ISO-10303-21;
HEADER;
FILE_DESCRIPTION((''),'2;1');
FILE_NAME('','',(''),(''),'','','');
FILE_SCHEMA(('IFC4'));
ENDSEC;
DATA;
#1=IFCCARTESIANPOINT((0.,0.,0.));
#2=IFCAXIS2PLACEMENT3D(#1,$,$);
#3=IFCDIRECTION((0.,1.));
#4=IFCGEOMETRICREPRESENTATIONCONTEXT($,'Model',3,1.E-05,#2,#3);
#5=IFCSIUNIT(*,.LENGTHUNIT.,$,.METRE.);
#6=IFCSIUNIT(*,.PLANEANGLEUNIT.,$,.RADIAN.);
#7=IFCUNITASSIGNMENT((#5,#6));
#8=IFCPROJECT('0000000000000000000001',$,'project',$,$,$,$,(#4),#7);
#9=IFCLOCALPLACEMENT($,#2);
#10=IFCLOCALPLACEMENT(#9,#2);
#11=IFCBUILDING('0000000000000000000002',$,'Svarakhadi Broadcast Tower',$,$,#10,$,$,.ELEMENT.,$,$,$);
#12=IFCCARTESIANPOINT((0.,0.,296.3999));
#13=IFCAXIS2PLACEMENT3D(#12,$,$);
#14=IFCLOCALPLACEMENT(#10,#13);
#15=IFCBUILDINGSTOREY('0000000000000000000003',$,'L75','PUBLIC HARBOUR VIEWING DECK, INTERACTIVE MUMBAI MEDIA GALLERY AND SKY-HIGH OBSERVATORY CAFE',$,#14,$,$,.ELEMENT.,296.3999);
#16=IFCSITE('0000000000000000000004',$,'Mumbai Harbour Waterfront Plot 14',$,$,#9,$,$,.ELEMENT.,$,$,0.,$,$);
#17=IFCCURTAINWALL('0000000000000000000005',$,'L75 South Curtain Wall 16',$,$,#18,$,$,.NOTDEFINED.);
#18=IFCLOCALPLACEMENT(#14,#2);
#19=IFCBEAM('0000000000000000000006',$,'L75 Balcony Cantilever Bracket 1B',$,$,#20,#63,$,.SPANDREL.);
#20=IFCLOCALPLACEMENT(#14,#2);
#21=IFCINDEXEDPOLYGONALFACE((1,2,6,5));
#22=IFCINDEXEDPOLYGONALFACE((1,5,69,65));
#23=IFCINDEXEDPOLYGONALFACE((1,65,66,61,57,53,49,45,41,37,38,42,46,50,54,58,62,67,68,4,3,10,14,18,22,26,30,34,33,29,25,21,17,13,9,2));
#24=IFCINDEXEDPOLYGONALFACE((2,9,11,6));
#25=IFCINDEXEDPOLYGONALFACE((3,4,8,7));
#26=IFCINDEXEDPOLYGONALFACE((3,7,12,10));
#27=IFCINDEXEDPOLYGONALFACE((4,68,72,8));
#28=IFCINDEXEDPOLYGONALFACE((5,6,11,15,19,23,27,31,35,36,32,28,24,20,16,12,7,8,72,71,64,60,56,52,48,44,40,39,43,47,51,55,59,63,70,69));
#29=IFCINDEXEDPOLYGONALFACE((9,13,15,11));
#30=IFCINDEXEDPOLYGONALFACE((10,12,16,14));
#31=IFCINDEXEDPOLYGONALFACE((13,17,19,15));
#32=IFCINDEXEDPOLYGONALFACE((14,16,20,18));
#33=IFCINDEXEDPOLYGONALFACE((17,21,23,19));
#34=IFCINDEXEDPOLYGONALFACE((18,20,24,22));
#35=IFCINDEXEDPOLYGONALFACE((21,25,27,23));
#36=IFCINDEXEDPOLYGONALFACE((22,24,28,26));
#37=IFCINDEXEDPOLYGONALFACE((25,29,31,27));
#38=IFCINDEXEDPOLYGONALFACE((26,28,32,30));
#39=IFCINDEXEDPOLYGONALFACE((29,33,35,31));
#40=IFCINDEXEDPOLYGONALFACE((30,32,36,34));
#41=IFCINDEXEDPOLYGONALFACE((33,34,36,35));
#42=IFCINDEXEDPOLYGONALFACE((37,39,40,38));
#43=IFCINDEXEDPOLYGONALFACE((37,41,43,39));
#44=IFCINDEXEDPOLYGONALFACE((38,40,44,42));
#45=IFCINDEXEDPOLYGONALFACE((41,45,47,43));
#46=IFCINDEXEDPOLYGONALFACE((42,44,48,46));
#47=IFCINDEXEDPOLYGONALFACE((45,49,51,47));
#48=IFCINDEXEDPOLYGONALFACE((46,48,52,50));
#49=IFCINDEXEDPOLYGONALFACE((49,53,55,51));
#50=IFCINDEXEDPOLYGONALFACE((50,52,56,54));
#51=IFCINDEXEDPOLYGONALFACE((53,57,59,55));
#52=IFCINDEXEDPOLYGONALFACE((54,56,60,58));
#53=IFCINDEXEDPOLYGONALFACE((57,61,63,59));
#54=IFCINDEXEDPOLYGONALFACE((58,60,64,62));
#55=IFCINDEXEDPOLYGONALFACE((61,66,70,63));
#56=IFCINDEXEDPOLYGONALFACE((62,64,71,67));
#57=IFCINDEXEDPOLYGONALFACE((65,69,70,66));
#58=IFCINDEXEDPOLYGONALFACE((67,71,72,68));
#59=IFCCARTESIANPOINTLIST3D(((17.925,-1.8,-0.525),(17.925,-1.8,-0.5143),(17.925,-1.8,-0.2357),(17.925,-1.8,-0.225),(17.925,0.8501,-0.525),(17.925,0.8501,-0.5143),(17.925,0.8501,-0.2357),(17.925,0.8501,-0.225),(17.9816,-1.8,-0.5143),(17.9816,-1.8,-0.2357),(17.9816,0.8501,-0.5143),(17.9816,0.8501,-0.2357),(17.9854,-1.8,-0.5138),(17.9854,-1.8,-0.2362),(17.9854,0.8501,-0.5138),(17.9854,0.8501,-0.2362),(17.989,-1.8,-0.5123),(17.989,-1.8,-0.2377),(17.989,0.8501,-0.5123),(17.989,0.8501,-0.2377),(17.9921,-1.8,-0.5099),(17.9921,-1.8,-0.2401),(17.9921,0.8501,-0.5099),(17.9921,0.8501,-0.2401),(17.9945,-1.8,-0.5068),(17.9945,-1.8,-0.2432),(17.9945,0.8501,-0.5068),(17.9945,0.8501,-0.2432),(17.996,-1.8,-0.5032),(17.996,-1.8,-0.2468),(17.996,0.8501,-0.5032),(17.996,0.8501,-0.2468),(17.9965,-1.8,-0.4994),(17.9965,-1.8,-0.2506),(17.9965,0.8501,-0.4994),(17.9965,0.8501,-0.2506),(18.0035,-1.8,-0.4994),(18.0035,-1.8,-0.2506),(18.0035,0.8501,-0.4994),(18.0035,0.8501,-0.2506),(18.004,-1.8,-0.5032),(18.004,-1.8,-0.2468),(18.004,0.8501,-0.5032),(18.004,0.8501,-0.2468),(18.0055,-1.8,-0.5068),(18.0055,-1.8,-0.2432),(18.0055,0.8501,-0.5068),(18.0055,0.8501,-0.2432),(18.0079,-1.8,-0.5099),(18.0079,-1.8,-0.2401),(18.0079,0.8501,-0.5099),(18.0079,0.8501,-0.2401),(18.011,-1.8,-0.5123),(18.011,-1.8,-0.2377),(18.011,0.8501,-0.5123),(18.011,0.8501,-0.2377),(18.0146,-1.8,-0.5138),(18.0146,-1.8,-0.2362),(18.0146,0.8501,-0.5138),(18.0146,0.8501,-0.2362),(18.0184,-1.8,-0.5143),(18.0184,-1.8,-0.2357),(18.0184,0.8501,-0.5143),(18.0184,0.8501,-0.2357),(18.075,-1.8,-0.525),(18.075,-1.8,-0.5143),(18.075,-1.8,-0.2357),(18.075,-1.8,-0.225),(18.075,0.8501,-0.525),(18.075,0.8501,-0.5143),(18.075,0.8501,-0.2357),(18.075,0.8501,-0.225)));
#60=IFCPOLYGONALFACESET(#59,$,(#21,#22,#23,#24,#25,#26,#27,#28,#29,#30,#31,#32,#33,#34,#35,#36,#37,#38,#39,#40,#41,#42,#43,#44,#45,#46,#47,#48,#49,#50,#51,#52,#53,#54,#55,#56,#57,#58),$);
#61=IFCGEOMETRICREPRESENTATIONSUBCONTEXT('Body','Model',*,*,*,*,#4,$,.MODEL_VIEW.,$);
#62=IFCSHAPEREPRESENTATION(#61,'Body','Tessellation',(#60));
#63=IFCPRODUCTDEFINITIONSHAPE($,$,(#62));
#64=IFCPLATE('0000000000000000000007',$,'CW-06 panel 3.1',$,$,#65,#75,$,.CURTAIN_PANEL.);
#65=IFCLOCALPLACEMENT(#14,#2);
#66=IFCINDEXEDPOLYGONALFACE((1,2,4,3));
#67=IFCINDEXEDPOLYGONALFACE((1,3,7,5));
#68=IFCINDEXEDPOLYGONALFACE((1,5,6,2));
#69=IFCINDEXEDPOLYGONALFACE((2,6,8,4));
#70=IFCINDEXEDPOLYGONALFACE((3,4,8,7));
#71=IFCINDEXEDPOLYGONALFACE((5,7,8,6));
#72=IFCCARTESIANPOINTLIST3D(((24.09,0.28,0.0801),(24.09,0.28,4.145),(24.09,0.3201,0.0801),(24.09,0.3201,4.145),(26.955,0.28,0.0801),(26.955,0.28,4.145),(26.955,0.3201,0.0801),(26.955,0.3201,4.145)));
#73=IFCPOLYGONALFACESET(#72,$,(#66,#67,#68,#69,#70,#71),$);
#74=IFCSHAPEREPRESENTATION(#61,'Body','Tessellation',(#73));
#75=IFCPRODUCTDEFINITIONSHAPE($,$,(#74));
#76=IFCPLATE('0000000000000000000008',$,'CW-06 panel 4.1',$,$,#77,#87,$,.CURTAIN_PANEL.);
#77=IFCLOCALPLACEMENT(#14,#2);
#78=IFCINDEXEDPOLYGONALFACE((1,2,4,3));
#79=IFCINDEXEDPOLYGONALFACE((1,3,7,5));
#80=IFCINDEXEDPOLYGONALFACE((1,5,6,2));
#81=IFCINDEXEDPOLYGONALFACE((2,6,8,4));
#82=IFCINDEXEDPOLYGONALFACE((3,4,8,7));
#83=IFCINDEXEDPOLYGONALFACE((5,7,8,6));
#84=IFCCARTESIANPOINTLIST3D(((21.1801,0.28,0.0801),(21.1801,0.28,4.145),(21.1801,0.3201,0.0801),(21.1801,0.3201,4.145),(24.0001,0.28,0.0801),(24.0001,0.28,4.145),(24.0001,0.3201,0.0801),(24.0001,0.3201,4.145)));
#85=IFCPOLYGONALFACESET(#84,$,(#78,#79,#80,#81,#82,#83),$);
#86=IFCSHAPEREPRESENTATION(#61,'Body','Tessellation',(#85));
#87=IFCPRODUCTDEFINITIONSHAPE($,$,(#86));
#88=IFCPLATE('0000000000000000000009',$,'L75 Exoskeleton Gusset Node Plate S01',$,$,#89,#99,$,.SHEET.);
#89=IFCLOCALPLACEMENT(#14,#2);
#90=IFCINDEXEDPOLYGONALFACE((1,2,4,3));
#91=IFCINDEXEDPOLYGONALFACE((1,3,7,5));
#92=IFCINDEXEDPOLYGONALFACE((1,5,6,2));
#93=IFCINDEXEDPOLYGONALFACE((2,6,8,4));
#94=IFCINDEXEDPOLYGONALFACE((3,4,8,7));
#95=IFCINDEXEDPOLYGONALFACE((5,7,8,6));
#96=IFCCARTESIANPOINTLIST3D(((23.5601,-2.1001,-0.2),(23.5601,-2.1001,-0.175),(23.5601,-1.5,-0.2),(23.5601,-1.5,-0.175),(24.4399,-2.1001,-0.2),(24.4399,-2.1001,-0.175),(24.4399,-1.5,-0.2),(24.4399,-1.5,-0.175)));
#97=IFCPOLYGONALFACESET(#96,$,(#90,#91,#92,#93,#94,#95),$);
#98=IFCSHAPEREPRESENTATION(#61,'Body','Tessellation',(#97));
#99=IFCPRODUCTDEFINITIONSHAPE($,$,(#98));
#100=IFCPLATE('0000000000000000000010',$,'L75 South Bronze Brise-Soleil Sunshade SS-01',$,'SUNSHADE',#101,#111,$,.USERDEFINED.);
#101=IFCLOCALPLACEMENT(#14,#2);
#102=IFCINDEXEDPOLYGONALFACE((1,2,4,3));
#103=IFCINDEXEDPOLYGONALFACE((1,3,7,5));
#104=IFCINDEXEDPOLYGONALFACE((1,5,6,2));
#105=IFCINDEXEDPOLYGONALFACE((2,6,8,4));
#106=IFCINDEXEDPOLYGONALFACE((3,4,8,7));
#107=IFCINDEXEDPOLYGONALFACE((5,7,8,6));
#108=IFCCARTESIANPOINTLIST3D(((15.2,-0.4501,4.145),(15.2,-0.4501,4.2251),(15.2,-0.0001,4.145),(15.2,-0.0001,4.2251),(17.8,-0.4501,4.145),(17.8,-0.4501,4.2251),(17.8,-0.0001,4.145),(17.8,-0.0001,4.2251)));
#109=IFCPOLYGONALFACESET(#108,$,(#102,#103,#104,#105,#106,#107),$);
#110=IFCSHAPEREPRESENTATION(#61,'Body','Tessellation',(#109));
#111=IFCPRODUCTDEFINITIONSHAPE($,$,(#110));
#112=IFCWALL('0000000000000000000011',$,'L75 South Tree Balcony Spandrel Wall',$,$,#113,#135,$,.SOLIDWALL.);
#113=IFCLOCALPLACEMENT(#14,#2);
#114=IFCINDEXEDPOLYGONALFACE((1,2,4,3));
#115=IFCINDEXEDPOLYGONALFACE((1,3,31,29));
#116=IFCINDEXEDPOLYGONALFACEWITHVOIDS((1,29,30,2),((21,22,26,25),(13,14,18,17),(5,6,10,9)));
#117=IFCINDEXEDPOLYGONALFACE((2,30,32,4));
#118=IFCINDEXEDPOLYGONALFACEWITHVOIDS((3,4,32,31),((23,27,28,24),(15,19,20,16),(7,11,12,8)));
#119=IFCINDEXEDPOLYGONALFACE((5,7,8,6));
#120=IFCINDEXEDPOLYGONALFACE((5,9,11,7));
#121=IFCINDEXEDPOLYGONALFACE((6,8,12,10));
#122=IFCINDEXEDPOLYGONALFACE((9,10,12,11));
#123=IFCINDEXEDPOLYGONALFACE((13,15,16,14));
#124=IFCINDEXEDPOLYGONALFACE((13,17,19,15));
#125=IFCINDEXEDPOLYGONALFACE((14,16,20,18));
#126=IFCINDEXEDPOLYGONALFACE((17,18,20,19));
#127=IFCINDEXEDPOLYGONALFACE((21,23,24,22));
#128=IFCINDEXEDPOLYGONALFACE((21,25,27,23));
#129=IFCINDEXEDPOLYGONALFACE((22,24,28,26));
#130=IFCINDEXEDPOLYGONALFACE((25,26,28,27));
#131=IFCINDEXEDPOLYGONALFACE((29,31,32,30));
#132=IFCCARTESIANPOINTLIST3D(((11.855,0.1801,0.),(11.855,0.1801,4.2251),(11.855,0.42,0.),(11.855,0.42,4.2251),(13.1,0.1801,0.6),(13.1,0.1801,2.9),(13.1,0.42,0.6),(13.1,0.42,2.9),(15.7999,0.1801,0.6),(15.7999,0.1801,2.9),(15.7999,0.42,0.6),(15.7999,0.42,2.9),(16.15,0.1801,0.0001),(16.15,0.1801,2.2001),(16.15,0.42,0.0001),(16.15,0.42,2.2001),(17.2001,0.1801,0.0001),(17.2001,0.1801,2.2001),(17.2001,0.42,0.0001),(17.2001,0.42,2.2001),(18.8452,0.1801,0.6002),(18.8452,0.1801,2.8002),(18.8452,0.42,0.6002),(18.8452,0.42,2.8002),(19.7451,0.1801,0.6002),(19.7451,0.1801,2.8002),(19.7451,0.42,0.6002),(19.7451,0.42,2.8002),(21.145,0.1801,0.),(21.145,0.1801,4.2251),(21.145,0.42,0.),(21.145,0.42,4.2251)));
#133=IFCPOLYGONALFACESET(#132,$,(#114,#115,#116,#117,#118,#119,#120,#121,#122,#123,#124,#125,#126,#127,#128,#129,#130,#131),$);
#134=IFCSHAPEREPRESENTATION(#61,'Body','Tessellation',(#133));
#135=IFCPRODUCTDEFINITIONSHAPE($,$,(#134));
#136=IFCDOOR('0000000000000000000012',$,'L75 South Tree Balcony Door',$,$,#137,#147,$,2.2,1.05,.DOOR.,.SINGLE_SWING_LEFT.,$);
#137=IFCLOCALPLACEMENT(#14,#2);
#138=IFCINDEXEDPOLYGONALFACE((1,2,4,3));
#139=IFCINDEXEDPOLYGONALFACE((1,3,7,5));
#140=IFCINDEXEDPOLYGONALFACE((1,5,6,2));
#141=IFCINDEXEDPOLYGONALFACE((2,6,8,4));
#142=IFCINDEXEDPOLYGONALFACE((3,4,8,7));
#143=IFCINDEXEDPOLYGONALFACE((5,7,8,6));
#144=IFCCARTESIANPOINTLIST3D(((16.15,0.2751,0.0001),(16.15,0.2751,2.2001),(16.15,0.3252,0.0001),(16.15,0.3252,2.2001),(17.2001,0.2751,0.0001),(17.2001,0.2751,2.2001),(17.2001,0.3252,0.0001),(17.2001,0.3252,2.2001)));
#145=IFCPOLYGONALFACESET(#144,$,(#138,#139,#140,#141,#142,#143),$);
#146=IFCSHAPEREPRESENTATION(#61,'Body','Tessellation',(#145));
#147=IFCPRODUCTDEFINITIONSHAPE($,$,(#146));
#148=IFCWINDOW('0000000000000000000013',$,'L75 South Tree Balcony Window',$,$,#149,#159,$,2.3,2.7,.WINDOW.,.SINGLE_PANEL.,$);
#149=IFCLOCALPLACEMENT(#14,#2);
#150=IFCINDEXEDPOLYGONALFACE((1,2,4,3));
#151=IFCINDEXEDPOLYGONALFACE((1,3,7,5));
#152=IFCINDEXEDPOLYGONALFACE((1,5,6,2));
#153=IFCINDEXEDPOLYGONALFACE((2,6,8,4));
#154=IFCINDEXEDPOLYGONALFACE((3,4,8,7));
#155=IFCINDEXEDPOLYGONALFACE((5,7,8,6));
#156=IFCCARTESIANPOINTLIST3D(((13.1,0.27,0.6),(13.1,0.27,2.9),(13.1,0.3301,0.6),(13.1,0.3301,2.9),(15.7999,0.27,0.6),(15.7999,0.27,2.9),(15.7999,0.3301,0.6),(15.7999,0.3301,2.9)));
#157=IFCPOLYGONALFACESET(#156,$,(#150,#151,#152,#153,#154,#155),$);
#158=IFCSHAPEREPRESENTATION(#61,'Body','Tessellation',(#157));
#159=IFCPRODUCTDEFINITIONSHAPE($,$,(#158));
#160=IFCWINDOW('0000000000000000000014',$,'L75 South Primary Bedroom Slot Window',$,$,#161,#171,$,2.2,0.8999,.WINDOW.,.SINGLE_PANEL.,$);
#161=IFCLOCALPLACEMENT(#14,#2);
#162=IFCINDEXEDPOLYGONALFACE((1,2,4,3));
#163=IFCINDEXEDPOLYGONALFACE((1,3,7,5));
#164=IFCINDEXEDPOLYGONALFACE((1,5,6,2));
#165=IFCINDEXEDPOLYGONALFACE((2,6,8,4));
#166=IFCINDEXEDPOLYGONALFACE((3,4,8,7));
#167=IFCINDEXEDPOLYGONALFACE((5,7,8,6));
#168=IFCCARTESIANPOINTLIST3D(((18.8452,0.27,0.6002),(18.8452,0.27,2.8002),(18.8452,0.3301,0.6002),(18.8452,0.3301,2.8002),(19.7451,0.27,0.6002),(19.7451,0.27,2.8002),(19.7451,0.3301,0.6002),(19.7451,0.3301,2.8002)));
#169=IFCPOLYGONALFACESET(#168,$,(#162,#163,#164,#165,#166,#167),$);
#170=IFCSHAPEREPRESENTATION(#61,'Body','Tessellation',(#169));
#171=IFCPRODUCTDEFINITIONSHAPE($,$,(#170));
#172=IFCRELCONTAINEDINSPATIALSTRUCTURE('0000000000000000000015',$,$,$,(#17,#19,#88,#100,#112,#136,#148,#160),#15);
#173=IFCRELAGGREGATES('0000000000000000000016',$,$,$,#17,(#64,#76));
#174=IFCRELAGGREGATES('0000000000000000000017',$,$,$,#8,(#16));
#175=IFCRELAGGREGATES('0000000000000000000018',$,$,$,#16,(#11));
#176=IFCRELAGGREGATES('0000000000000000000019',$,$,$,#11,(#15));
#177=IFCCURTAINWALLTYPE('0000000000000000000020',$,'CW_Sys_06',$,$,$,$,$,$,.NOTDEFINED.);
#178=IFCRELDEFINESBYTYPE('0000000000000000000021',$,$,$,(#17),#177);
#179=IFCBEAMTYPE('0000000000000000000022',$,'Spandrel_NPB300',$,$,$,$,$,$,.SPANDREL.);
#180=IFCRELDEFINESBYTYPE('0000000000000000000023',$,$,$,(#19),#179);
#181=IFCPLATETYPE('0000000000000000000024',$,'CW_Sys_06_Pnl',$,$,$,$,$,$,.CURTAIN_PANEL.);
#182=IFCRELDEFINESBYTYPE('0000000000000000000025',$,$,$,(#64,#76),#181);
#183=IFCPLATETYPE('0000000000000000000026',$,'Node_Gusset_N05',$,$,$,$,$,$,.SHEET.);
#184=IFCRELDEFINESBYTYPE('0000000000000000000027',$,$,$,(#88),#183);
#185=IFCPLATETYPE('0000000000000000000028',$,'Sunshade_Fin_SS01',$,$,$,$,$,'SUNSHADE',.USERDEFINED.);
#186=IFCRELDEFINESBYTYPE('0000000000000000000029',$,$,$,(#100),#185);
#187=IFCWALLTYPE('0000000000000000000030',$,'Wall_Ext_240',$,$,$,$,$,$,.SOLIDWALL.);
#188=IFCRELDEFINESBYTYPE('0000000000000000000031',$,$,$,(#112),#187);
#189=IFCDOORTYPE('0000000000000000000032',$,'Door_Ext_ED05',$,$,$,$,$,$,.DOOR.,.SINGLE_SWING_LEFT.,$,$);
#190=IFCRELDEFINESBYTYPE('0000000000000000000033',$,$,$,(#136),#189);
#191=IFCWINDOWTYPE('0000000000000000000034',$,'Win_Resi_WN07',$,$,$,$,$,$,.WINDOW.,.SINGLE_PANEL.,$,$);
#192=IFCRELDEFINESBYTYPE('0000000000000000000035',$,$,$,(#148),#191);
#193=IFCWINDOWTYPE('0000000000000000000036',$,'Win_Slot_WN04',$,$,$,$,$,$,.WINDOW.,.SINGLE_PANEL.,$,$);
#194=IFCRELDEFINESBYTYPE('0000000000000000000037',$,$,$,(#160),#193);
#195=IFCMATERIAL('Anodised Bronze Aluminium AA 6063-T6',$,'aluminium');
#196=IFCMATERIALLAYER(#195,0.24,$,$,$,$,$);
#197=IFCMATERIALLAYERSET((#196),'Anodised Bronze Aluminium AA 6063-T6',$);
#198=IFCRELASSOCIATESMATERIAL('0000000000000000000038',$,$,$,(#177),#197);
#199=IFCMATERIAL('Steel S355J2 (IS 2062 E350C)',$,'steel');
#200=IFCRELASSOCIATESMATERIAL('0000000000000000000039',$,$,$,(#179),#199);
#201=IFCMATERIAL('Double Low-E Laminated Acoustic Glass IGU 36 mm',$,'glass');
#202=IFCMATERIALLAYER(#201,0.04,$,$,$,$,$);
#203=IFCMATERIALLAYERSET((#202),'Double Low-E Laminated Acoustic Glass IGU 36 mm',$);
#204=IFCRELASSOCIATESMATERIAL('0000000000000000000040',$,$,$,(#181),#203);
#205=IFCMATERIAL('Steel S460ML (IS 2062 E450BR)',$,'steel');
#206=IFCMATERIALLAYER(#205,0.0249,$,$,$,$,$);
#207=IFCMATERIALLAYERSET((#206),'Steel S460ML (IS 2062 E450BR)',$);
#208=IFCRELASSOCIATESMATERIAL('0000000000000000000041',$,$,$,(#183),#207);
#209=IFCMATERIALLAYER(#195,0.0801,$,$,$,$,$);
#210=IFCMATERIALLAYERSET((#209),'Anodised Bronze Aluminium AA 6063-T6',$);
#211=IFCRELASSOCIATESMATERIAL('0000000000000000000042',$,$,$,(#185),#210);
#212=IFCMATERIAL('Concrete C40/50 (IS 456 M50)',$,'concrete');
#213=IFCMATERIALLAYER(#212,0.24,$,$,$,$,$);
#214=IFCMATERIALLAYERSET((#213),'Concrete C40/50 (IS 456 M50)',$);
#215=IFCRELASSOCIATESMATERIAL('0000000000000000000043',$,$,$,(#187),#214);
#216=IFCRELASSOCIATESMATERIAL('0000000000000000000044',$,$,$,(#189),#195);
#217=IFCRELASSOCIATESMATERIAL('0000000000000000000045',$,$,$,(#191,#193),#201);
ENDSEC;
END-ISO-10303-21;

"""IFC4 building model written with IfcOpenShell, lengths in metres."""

from ifc_helpers import new_model, si_unit, direction, frame, frame_2d, origin, origin_2d, place, context, subcontext, project, spatial, rectangle, i_section, extrude, material, layer, layer_set, material_profile, profile_set, type_object, element, fill, aggregate, save


model = new_model("IFC4")

# Units and contexts
model_context = context("Model", 3, precision=1e-05, world=origin(), true_north=direction((0.0, 1.0)))
body_context = subcontext(model_context, "Body", "Model", "MODEL_VIEW")
ifc_project = project(units=[si_unit("LENGTHUNIT", "METRE"), si_unit("PLANEANGLEUNIT", "RADIAN")], contexts=[model_context])

# Site, building, storey
site_placement = place(None, origin())
site = spatial("IfcSite", under=ifc_project, at=site_placement, Name="Mumbai Harbour Waterfront Plot 14", CompositionType="ELEMENT", RefElevation=0.0)
building_placement = place(site_placement, origin())
building = spatial("IfcBuilding", under=site, at=building_placement, Name="Svarakhadi Broadcast Tower", CompositionType="ELEMENT")
storey_placement = place(building_placement, frame((0.0, 0.0, 296.3999)))
storey = spatial("IfcBuildingStorey", under=building, at=storey_placement, Name="L75", Description="PUBLIC HARBOUR VIEWING DECK, INTERACTIVE MUMBAI MEDIA GALLERY AND SKY-HIGH OBSERVATORY CAFE", CompositionType="ELEMENT", Elevation=296.3999)

# Shared definitions
ifc_material_1 = material(Name="Steel S460ML (IS 2062 E450BR)", Category="steel")

# Curtain wall
ifc_material_2 = material(Name="Anodised Bronze Aluminium AA 6063-T6", Category="aluminium")
ifc_layer_1 = layer(ifc_material_2, 0.24)
ifc_layer_set_1 = layer_set([ifc_layer_1], Name="Anodised Bronze Aluminium AA 6063-T6")
curtain_wall_type = type_object("IfcCurtainWallType", Name="CW_Sys_06", PredefinedType="NOTDEFINED", material=ifc_layer_set_1)
curtain_wall_placement = place(storey_placement, origin())
curtain_wall = element("IfcCurtainWall", 1, at=curtain_wall_placement, inside=storey, type_object=curtain_wall_type, Name="L75 South Curtain Wall 16", PredefinedType="NOTDEFINED")

# Beam
ifc_material_3 = material(Name="Steel S355J2 (IS 2062 E350C)", Category="steel")
ifc_material_profile_1 = material_profile(ifc_material_3, i_section(OverallWidth=0.1499, OverallDepth=0.3, WebThickness=0.0071, FlangeThickness=0.0107, FilletRadius=0.0149, at=origin_2d()), Name="NPB 300x150x37")
ifc_profile_set_1 = profile_set([ifc_material_profile_1], Name="Steel S355J2 (IS 2062 E350C)")
beam_type_1 = type_object("IfcBeamType", Name="Spandrel_NPB300", PredefinedType="SPANDREL", material=ifc_profile_set_1)
beam_placement = place(storey_placement, frame((18.0, 0.8501, -0.375), z_axis=(0.0, -1.0, 0.0), x_axis=(1.0, 0.0, 0.0)))
element("IfcBeam", 2, at=beam_placement, inside=storey, type_object=beam_type_1, Name="L75 Balcony Cantilever Bracket 1B", PredefinedType="SPANDREL", context=body_context, shape_type="SweptSolid", body=[
    extrude(i_section(OverallWidth=0.1499, OverallDepth=0.3, WebThickness=0.0071, FlangeThickness=0.0107, FilletRadius=0.0149, at=origin_2d()), origin(), (0.0, 0.0, 1.0), 2.6501),
])

# Plates
ifc_material_4 = material(Name="Double Low-E Laminated Acoustic Glass IGU 36 mm", Category="glass")
ifc_layer_2 = layer(ifc_material_4, 0.04)
ifc_layer_set_2 = layer_set([ifc_layer_2], Name="Double Low-E Laminated Acoustic Glass IGU 36 mm")
plate_type_1 = type_object("IfcPlateType", Name="CW_Sys_06_Pnl", PredefinedType="CURTAIN_PANEL", material=ifc_layer_set_2)
plate_1_placement = place(storey_placement, frame((25.5225, 0.3, 0.0801), z_axis=(0.0, 0.0, 1.0), x_axis=(-1.0, 0.0, 0.0)))
plate_1 = element("IfcPlate", 3, at=plate_1_placement, type_object=plate_type_1, Name="CW-06 panel 3.1", PredefinedType="CURTAIN_PANEL", context=body_context, shape_type="SweptSolid", body=[
    extrude(rectangle(XDim=2.865, YDim=0.04, at=origin_2d()), origin(), (0.0, 0.0, 1.0), 4.0649),
])
plate_2_placement = place(storey_placement, frame((22.5901, 0.3, 0.0801), z_axis=(0.0, 0.0, 1.0), x_axis=(-1.0, 0.0, 0.0)))
plate_2 = element("IfcPlate", 4, at=plate_2_placement, type_object=plate_type_1, Name="CW-06 panel 4.1", PredefinedType="CURTAIN_PANEL", context=body_context, shape_type="SweptSolid", body=[
    extrude(rectangle(XDim=2.8201, YDim=0.04, at=origin_2d()), origin(), (0.0, 0.0, 1.0), 4.0649),
])
aggregate(curtain_wall, [plate_1, plate_2])

# Plates
ifc_layer_3 = layer(ifc_material_1, 0.0249)
ifc_layer_set_3 = layer_set([ifc_layer_3], Name="Steel S460ML (IS 2062 E450BR)")
plate_type_2 = type_object("IfcPlateType", Name="Node_Gusset_N05", PredefinedType="SHEET", material=ifc_layer_set_3)
plate_3_placement = place(storey_placement, frame((24.0, -1.8, -0.2), z_axis=(0.0, 0.0, 1.0), x_axis=(1.0, 0.0, 0.0)))
element("IfcPlate", 5, at=plate_3_placement, inside=storey, type_object=plate_type_2, Name="L75 Exoskeleton Gusset Node Plate S01", PredefinedType="SHEET", context=body_context, shape_type="SweptSolid", body=[
    extrude(rectangle(XDim=0.8799, YDim=0.6001, at=origin_2d()), origin(), (0.0, 0.0, 1.0), 0.0249),
])
ifc_layer_4 = layer(ifc_material_2, 0.0801)
ifc_layer_set_4 = layer_set([ifc_layer_4], Name="Anodised Bronze Aluminium AA 6063-T6")
plate_type_3 = type_object("IfcPlateType", Name="Sunshade_Fin_SS01", ElementType="SUNSHADE", PredefinedType="USERDEFINED", material=ifc_layer_set_4)
plate_4_placement = place(storey_placement, frame((16.5, -0.2251, 4.145), z_axis=(0.0, 0.0, 1.0), x_axis=(1.0, 0.0, 0.0)))
element("IfcPlate", 6, at=plate_4_placement, inside=storey, type_object=plate_type_3, Name="L75 South Bronze Brise-Soleil Sunshade SS-01", ObjectType="SUNSHADE", PredefinedType="USERDEFINED", context=body_context, shape_type="SweptSolid", body=[
    extrude(rectangle(XDim=2.6001, YDim=0.45, at=origin_2d()), origin(), (0.0, 0.0, 1.0), 0.0801),
])

# Wall, openings, door, windows
ifc_material_5 = material(Name="Concrete C40/50 (IS 456 M50)", Category="concrete")
ifc_layer_5 = layer(ifc_material_5, 0.24)
ifc_layer_set_5 = layer_set([ifc_layer_5], Name="Concrete C40/50 (IS 456 M50)")
wall_type = type_object("IfcWallType", Name="Wall_Ext_240", PredefinedType="SOLIDWALL", material=ifc_layer_set_5)
wall_placement = place(storey_placement, frame((21.145, 0.3, 0.0), z_axis=(0.0, 0.0, 1.0), x_axis=(-1.0, 0.0, 0.0)))
wall = element("IfcWall", 7, at=wall_placement, inside=storey, type_object=wall_type, Name="L75 South Tree Balcony Spandrel Wall", PredefinedType="SOLIDWALL", context=body_context, shape_type="SweptSolid", body=[
    extrude(rectangle(XDim=9.29, YDim=0.24, at=frame_2d((4.645, 0.0))), origin(), (0.0, 0.0, 1.0), 4.2251),
])
opening_1_placement = place(wall_placement, frame((3.9451, 0.0, 0.0)))
opening_1 = element("IfcOpeningElement", 8, at=opening_1_placement, cuts=wall, PredefinedType="OPENING", context=body_context, shape_type="SweptSolid", body=[
    extrude(rectangle(XDim=1.05, YDim=2.2, at=frame_2d((0.5249, 1.1001))), frame((0.0, 0.1299, 0.0), z_axis=(0.0, -1.0, 0.0), x_axis=(1.0, 0.0, 0.0)), (0.0, 0.0, 1.0), 0.26),
])
opening_2_placement = place(wall_placement, frame((5.345, 0.0, 0.6001)))
opening_2 = element("IfcOpeningElement", 9, at=opening_2_placement, cuts=wall, PredefinedType="OPENING", context=body_context, shape_type="SweptSolid", body=[
    extrude(rectangle(XDim=2.7, YDim=2.3, at=frame_2d((1.3501, 1.1499))), frame((0.0, 0.1299, 0.0), z_axis=(0.0, -1.0, 0.0), x_axis=(1.0, 0.0, 0.0)), (0.0, 0.0, 1.0), 0.26),
])
opening_3_placement = place(wall_placement, frame((1.3999, 0.0, 0.6001)))
opening_3 = element("IfcOpeningElement", 10, at=opening_3_placement, cuts=wall, PredefinedType="OPENING", context=body_context, shape_type="SweptSolid", body=[
    extrude(rectangle(XDim=0.8999, YDim=2.2, at=frame_2d((0.45, 1.1001))), frame((0.0, 0.1299, 0.0), z_axis=(0.0, -1.0, 0.0), x_axis=(1.0, 0.0, 0.0)), (0.0, 0.0, 1.0), 0.26),
])
door_type = type_object("IfcDoorType", Name="Door_Ext_ED05", OperationType="SINGLE_SWING_LEFT", PredefinedType="DOOR", material=ifc_material_2)
door_placement = place(opening_1_placement, origin())
door = element("IfcDoor", 11, at=door_placement, inside=storey, type_object=door_type, Name="L75 South Tree Balcony Door", OperationType="SINGLE_SWING_LEFT", OverallHeight=2.2, OverallWidth=1.05, PredefinedType="DOOR", context=body_context, shape_type="SweptSolid", body=[
    extrude(rectangle(XDim=1.05, YDim=2.2, at=frame_2d((0.5249, 1.1001))), frame((0.0, 0.0249, 0.0), z_axis=(0.0, -1.0, 0.0), x_axis=(1.0, 0.0, 0.0)), (0.0, 0.0, 1.0), 0.05),
])
fill(opening_1, door)
window_type_1 = type_object("IfcWindowType", Name="Win_Resi_WN07", PartitioningType="SINGLE_PANEL", PredefinedType="WINDOW", material=ifc_material_4)
window_1_placement = place(opening_2_placement, origin())
window_1 = element("IfcWindow", 12, at=window_1_placement, inside=storey, type_object=window_type_1, Name="L75 South Tree Balcony Window", OverallHeight=2.3, OverallWidth=2.7, PartitioningType="SINGLE_PANEL", PredefinedType="WINDOW", context=body_context, shape_type="SweptSolid", body=[
    extrude(rectangle(XDim=2.7, YDim=2.3, at=frame_2d((1.3501, 1.1499))), frame((0.0, 0.03, 0.0), z_axis=(0.0, -1.0, 0.0), x_axis=(1.0, 0.0, 0.0)), (0.0, 0.0, 1.0), 0.0601),
])
fill(opening_2, window_1)
window_type_2 = type_object("IfcWindowType", Name="Win_Slot_WN04", PartitioningType="SINGLE_PANEL", PredefinedType="WINDOW", material=ifc_material_4)
window_2_placement = place(opening_3_placement, origin())
window_2 = element("IfcWindow", 13, at=window_2_placement, inside=storey, type_object=window_type_2, Name="L75 South Primary Bedroom Slot Window", OverallHeight=2.2, OverallWidth=0.8999, PartitioningType="SINGLE_PANEL", PredefinedType="WINDOW", context=body_context, shape_type="SweptSolid", body=[
    extrude(rectangle(XDim=0.8999, YDim=2.2, at=frame_2d((0.45, 1.1001))), frame((0.0, 0.03, 0.0), z_axis=(0.0, -1.0, 0.0), x_axis=(1.0, 0.0, 0.0)), (0.0, 0.0, 1.0), 0.0601),
])
fill(opening_3, window_2)

save(model, "model.ifc")
